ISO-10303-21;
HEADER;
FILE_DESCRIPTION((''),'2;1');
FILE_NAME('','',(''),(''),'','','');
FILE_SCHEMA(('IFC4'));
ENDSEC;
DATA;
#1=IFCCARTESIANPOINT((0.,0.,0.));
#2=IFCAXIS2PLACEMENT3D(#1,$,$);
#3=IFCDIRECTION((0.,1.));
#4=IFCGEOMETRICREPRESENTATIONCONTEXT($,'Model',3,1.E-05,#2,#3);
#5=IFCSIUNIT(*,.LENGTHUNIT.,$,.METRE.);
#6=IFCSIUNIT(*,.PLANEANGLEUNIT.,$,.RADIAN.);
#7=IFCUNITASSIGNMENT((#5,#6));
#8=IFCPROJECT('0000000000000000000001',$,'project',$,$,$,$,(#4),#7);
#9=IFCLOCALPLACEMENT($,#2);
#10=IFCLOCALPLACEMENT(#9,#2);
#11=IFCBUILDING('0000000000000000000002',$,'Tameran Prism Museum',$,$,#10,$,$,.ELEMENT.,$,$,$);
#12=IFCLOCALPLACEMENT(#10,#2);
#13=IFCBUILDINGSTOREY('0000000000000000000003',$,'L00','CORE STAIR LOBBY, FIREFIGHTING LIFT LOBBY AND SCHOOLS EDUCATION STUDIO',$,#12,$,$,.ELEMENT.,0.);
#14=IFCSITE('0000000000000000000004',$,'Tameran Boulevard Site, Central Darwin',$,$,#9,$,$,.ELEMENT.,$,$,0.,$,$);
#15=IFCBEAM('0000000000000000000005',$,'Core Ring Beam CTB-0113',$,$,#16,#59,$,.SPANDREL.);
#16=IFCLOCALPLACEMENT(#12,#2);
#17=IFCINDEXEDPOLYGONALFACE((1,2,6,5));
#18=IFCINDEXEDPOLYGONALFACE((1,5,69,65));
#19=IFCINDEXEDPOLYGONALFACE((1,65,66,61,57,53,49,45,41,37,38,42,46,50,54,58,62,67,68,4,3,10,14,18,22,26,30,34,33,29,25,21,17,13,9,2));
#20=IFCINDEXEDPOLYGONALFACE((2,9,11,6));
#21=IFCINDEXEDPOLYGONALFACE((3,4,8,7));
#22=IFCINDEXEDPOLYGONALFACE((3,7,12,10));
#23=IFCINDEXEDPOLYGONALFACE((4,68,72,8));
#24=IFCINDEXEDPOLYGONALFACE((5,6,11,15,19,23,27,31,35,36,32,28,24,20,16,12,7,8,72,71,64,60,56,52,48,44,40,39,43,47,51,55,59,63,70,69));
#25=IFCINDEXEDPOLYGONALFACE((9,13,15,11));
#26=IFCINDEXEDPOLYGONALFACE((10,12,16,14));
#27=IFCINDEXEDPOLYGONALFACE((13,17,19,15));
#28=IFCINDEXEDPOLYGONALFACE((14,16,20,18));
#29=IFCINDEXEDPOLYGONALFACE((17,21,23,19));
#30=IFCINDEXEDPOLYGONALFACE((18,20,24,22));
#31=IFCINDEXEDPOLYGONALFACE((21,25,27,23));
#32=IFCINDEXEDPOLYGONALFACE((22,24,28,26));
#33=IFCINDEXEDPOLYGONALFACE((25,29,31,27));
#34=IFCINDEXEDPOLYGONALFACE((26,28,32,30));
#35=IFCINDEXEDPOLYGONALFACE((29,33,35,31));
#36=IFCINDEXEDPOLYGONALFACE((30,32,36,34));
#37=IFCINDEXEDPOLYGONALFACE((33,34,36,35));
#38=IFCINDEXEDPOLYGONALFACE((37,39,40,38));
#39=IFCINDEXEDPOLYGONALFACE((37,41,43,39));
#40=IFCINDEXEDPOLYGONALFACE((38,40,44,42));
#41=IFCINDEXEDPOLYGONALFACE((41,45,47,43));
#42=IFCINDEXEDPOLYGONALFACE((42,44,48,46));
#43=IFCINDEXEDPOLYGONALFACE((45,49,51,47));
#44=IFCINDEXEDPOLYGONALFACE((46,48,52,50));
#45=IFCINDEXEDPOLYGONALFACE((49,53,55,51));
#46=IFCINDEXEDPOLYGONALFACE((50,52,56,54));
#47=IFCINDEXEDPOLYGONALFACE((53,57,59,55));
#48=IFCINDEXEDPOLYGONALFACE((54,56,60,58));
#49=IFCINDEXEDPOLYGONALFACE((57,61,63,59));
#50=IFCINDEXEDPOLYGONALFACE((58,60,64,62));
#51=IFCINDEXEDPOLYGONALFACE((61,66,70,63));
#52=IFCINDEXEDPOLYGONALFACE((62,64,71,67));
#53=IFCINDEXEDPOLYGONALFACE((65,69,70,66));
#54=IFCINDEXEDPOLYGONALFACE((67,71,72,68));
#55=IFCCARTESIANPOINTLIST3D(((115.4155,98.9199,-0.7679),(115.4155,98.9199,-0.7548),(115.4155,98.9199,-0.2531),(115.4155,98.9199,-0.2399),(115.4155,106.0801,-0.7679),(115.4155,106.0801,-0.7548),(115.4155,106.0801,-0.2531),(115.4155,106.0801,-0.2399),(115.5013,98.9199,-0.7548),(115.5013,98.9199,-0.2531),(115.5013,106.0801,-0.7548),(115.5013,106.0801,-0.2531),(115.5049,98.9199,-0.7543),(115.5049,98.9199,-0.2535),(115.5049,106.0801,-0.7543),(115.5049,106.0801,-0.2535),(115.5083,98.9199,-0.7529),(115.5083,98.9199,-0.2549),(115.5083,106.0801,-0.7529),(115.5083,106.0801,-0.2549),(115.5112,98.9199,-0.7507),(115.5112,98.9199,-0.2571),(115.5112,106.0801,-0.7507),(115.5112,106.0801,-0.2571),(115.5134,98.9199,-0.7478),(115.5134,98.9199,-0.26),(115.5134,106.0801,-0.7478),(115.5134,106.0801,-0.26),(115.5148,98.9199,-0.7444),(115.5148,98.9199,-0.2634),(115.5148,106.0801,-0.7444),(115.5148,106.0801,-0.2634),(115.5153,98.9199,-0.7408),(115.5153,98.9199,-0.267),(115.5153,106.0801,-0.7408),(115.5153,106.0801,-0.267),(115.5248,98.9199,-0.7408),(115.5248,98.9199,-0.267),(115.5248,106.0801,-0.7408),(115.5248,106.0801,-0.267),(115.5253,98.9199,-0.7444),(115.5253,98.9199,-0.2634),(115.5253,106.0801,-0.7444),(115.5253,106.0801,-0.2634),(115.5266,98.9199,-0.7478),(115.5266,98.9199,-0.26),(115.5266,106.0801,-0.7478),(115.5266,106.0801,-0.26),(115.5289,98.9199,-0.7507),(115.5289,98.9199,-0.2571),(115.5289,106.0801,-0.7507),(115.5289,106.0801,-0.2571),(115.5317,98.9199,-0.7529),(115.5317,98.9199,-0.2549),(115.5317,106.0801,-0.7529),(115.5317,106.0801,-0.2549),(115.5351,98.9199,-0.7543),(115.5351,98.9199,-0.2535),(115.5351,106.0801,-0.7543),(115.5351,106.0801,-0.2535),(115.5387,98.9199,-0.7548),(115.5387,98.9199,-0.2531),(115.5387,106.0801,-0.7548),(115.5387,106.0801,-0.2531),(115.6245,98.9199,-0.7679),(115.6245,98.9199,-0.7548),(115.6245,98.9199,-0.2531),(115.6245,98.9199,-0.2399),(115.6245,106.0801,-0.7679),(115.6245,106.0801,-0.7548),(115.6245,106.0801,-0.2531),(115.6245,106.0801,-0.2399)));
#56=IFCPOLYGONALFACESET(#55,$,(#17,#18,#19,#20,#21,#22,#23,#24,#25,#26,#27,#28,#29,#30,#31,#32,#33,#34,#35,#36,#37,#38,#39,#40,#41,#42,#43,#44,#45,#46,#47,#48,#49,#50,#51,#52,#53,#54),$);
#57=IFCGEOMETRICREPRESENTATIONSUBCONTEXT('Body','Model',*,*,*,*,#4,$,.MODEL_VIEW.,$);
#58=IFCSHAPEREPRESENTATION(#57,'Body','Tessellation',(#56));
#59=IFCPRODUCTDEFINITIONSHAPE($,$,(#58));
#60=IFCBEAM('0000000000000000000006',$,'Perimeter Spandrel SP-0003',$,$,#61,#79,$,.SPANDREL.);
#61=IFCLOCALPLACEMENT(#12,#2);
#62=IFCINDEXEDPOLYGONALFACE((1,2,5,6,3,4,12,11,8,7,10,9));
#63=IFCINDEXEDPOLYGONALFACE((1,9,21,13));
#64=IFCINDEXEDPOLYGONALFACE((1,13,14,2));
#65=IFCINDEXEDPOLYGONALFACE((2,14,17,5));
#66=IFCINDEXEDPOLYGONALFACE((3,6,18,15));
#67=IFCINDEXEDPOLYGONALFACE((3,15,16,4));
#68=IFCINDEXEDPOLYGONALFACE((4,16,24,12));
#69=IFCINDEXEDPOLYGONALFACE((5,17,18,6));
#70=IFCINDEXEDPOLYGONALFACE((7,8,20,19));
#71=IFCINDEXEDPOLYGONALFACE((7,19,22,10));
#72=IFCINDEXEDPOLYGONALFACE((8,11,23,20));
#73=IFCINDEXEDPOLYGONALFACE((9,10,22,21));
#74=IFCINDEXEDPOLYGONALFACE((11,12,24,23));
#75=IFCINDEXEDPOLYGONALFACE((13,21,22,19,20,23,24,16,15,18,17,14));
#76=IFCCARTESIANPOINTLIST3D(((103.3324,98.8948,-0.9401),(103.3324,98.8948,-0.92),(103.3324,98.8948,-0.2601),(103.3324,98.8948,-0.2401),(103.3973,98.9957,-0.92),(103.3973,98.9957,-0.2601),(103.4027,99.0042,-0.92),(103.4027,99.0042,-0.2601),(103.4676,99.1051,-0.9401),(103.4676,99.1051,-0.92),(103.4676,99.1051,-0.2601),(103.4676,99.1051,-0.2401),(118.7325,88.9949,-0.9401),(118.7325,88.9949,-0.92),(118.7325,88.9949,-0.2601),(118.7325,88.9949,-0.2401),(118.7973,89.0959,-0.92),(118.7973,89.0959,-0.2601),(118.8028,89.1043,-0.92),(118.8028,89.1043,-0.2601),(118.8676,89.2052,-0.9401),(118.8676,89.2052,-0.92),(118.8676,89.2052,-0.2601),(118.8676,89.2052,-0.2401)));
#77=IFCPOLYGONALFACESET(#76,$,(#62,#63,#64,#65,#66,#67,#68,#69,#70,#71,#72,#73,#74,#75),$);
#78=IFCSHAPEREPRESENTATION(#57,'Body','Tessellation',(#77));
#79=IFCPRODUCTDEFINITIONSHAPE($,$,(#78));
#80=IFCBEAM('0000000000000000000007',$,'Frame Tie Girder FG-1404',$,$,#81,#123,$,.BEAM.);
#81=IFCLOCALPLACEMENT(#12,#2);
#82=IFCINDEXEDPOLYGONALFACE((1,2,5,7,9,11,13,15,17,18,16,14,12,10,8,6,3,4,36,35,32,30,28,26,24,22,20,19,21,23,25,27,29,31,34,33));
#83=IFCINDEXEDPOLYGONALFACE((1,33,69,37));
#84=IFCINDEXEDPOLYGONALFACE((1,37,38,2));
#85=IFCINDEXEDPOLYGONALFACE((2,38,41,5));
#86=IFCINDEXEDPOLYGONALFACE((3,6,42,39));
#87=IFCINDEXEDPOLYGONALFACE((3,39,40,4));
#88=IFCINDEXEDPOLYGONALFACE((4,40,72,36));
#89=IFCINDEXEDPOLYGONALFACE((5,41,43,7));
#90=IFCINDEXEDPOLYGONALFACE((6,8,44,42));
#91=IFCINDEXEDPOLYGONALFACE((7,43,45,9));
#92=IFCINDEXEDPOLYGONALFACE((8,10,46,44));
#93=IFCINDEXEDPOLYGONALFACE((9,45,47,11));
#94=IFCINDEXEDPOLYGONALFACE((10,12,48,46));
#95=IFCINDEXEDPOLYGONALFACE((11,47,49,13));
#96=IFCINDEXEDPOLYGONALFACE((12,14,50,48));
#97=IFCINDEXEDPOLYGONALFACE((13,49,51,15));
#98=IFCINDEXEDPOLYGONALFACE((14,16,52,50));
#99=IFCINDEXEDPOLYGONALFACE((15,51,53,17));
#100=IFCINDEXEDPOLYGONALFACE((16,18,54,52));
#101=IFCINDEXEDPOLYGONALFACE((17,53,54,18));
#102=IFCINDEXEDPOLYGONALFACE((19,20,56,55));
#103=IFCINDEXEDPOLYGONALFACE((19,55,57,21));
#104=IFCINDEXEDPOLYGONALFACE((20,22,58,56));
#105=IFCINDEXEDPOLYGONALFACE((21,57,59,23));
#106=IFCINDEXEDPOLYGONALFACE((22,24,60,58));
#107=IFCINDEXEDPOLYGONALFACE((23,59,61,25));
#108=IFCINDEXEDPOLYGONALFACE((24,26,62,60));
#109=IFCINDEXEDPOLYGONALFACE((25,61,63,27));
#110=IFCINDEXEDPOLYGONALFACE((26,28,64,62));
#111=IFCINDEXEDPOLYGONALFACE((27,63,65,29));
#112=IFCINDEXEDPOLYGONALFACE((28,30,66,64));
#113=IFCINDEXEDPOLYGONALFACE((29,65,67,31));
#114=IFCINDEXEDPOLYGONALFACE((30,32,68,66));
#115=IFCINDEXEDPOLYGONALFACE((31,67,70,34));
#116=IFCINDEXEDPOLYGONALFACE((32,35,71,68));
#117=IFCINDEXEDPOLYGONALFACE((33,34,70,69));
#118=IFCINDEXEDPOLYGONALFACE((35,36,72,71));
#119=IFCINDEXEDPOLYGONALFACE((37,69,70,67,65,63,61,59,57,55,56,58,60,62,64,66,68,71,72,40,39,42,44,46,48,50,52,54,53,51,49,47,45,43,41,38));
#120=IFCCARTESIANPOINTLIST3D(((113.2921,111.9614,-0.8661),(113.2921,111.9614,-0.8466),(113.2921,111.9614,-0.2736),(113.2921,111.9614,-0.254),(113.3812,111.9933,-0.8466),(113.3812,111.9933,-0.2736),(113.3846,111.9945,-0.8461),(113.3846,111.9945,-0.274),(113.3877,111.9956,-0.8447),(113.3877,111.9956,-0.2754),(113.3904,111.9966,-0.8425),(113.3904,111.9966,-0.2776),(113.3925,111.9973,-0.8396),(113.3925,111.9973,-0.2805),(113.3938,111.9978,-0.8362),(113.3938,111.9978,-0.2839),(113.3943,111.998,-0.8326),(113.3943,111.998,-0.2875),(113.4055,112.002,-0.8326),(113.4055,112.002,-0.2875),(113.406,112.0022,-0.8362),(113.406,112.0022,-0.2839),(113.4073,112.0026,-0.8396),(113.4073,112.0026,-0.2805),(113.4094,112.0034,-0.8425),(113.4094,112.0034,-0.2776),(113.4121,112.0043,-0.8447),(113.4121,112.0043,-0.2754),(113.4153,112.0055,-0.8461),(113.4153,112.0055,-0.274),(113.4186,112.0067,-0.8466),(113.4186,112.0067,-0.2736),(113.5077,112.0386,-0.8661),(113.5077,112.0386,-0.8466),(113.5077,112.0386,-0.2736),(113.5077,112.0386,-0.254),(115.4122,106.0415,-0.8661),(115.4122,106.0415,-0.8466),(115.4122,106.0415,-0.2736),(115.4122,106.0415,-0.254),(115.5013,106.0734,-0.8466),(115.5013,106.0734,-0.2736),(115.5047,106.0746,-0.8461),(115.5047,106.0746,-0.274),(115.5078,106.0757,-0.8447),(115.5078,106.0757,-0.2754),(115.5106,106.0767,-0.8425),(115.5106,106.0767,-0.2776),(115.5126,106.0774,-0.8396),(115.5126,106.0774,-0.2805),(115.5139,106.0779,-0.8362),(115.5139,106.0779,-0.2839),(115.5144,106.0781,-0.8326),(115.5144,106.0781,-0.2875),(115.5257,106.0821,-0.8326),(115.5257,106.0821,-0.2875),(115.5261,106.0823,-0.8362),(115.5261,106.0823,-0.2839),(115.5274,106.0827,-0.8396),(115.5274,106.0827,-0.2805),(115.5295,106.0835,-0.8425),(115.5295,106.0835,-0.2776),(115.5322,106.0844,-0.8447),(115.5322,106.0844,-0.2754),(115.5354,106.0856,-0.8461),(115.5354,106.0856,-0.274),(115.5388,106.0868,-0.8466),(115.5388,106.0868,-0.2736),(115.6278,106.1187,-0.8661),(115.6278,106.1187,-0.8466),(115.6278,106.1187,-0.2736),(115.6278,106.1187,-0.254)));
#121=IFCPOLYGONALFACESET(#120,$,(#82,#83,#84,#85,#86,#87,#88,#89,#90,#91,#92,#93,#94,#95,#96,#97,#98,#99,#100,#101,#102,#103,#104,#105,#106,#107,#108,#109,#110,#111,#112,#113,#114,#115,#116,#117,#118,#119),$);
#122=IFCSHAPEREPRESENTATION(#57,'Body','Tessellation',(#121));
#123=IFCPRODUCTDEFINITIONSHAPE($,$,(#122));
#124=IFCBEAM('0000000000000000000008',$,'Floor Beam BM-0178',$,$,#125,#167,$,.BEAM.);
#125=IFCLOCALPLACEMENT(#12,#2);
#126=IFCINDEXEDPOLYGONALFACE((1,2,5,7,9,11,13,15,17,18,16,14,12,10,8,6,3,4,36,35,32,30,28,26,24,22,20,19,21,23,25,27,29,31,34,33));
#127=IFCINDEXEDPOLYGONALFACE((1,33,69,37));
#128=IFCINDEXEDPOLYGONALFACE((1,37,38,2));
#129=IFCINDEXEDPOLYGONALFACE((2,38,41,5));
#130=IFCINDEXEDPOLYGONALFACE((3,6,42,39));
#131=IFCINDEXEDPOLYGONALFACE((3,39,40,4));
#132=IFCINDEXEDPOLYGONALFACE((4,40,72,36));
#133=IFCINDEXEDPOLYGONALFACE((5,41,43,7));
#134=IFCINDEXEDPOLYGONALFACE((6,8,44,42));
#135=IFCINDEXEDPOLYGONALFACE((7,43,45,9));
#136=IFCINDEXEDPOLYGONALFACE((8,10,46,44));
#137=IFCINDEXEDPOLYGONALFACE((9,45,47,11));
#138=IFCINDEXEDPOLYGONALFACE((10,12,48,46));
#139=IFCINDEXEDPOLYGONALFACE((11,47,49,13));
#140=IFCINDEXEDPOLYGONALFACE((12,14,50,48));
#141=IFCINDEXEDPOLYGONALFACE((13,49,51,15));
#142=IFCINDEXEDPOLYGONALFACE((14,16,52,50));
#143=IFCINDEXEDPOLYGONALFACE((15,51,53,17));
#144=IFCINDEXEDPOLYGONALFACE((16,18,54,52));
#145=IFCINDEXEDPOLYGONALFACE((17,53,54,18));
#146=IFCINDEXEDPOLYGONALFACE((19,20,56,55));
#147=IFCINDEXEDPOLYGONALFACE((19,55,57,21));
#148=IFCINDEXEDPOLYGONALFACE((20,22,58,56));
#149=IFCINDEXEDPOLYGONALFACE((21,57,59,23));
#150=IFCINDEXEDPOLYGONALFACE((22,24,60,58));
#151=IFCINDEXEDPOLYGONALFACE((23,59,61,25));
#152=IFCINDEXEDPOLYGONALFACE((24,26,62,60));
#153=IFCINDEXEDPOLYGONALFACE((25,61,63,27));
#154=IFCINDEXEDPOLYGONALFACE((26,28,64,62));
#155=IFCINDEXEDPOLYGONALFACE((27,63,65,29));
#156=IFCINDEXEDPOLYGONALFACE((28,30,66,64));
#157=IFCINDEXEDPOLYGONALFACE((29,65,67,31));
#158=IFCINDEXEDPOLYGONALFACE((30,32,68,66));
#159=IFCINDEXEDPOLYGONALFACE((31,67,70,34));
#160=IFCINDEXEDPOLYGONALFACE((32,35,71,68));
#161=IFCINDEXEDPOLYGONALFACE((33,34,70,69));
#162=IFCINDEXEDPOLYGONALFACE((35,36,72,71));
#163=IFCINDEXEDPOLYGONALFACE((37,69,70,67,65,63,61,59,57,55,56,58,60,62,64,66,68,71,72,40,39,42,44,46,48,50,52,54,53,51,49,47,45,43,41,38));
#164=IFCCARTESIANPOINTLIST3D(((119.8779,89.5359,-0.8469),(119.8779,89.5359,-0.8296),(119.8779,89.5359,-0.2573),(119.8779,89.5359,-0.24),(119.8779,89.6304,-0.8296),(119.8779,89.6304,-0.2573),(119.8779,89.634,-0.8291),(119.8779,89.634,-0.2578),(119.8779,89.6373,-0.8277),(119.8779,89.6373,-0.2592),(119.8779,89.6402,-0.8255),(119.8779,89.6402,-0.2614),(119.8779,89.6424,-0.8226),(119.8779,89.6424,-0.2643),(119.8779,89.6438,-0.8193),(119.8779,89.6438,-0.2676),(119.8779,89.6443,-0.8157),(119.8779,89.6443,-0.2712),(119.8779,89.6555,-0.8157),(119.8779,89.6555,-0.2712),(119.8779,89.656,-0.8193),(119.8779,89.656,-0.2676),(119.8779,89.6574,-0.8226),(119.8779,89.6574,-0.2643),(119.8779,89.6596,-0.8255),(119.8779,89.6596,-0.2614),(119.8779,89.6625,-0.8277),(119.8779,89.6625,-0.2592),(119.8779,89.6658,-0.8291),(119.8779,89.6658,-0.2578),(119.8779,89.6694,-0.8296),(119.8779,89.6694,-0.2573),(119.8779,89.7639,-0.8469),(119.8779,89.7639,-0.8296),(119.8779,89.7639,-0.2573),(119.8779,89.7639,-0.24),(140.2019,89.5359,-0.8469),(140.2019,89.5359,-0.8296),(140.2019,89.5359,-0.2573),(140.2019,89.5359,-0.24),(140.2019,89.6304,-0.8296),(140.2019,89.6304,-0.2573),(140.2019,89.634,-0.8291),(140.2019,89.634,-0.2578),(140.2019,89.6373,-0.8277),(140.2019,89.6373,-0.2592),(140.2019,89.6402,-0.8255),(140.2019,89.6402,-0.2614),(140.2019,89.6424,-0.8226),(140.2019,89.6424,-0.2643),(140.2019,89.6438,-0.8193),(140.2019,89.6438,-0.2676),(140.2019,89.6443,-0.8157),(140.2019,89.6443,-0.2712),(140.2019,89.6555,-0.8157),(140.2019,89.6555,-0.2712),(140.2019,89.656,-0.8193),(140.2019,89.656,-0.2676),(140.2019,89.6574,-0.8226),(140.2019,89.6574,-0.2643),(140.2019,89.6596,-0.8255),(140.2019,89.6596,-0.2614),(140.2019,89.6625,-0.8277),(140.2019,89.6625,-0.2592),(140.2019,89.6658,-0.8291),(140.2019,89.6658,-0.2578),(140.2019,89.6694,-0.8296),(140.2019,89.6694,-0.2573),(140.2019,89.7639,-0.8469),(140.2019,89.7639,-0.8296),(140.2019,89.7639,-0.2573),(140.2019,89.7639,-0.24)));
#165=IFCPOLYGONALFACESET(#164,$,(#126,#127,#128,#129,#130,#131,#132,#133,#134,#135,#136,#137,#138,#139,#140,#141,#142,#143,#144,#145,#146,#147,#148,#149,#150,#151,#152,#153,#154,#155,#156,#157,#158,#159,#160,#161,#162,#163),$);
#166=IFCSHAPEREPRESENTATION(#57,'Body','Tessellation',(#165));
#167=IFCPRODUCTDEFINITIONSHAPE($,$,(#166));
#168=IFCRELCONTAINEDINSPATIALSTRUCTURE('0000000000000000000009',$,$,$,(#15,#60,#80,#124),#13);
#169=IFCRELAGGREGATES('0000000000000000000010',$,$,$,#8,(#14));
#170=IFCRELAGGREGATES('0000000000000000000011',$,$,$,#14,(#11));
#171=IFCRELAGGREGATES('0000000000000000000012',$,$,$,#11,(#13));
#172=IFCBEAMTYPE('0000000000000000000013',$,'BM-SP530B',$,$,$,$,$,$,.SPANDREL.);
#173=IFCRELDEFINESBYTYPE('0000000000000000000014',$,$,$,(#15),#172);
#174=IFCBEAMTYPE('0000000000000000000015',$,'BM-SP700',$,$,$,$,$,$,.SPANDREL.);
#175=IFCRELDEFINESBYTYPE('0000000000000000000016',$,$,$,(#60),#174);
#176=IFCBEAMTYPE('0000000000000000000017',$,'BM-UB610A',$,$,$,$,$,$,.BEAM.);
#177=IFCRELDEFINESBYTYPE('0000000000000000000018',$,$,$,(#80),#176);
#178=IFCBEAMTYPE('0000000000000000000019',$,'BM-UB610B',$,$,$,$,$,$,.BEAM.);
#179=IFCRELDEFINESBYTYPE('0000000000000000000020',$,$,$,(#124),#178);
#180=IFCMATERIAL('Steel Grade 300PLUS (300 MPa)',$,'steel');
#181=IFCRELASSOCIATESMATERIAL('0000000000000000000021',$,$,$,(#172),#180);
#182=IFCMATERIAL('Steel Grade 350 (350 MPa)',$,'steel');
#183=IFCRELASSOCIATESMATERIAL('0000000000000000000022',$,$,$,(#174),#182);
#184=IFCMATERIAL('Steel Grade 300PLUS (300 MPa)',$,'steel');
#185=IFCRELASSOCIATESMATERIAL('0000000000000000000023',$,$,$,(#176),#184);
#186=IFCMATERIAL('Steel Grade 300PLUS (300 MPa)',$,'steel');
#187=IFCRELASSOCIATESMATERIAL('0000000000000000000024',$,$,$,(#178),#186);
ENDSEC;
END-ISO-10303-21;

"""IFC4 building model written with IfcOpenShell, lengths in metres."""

from ifc_helpers import new_model, si_unit, direction, frame, origin, origin_2d, place, context, subcontext, project, spatial, i_section, extrude, material, material_profile, profile_set, type_object, element, save


model = new_model("IFC4")

# Units and contexts
model_context = context("Model", 3, precision=1e-05, world=origin(), true_north=direction((0.0, 1.0)))
body_context = subcontext(model_context, "Body", "Model", "MODEL_VIEW")
ifc_project = project(units=[si_unit("LENGTHUNIT", "METRE"), si_unit("PLANEANGLEUNIT", "RADIAN")], contexts=[model_context])

# Site, building, storey
site_placement = place(None, origin())
site = spatial("IfcSite", under=ifc_project, at=site_placement, Name="Tameran Boulevard Site, Central Darwin", CompositionType="ELEMENT", RefElevation=0.0)
building_placement = place(site_placement, origin())
building = spatial("IfcBuilding", under=site, at=building_placement, Name="Tameran Prism Museum", CompositionType="ELEMENT")
storey_placement = place(building_placement, origin())
storey = spatial("IfcBuildingStorey", under=building, at=storey_placement, Name="L00", Description="CORE STAIR LOBBY, FIREFIGHTING LIFT LOBBY AND SCHOOLS EDUCATION STUDIO", CompositionType="ELEMENT", Elevation=0.0)

# Beams
ifc_material_1 = material(Name="Steel Grade 300PLUS (300 MPa)", Category="steel")
ifc_material_profile_1 = material_profile(ifc_material_1, i_section(OverallWidth=0.209, OverallDepth=0.5281, WebThickness=0.0095, FlangeThickness=0.0132, FilletRadius=0.0139, at=origin_2d()))
ifc_profile_set_1 = profile_set([ifc_material_profile_1])
beam_type_1 = type_object("IfcBeamType", Name="BM-SP530B", PredefinedType="SPANDREL", material=ifc_profile_set_1)
beam_1_placement = place(storey_placement, frame((115.52, 106.0801, -0.5039), z_axis=(0.0, -1.0, 0.0), x_axis=(1.0, 0.0, 0.0)))
element("IfcBeam", 1, at=beam_1_placement, inside=storey, type_object=beam_type_1, Name="Core Ring Beam CTB-0113", PredefinedType="SPANDREL", context=body_context, shape_type="SweptSolid", body=[
    extrude(i_section(OverallWidth=0.209, OverallDepth=0.5281, WebThickness=0.0095, FlangeThickness=0.0132, FilletRadius=0.0139, at=origin_2d()), origin(), (0.0, 0.0, 1.0), 7.1602),
])
ifc_material_2 = material(Name="Steel Grade 350 (350 MPa)", Category="steel")
ifc_material_profile_2 = material_profile(ifc_material_2, i_section(OverallWidth=0.25, OverallDepth=0.7, WebThickness=0.01, FlangeThickness=0.02, at=origin_2d()))
ifc_profile_set_2 = profile_set([ifc_material_profile_2])
beam_type_2 = type_object("IfcBeamType", Name="BM-SP700", PredefinedType="SPANDREL", material=ifc_profile_set_2)
beam_2_placement = place(storey_placement, frame((118.8, 89.1001, -0.5901), z_axis=(-0.841183, 0.54075, 0.0), x_axis=(-0.54075, -0.841183, 0.0)))
element("IfcBeam", 2, at=beam_2_placement, inside=storey, type_object=beam_type_2, Name="Perimeter Spandrel SP-0003", PredefinedType="SPANDREL", context=body_context, shape_type="SweptSolid", body=[
    extrude(i_section(OverallWidth=0.25, OverallDepth=0.7, WebThickness=0.01, FlangeThickness=0.02, at=origin_2d()), origin(), (0.0, 0.0, 1.0), 18.3076),
])
ifc_material_3 = material(Name="Steel Grade 300PLUS (300 MPa)", Category="steel")
ifc_material_profile_3 = material_profile(ifc_material_3, i_section(OverallWidth=0.229, OverallDepth=0.6121, WebThickness=0.012, FlangeThickness=0.0195, FilletRadius=0.0139, at=origin_2d()))
ifc_profile_set_3 = profile_set([ifc_material_profile_3])
beam_type_3 = type_object("IfcBeamType", Name="BM-UB610A", PredefinedType="BEAM", material=ifc_profile_set_3)
beam_3_placement = place(storey_placement, frame((115.52, 106.0801, -0.5601), z_axis=(-0.337163, 0.941446, 0.0), x_axis=(-0.941446, -0.337163, 0.0)))
element("IfcBeam", 3, at=beam_3_placement, inside=storey, type_object=beam_type_3, Name="Frame Tie Girder FG-1404", PredefinedType="BEAM", context=body_context, shape_type="SweptSolid", body=[
    extrude(i_section(OverallWidth=0.229, OverallDepth=0.6121, WebThickness=0.012, FlangeThickness=0.0195, FilletRadius=0.0139, at=origin_2d()), origin(), (0.0, 0.0, 1.0), 6.2881),
])
ifc_material_4 = material(Name="Steel Grade 300PLUS (300 MPa)", Category="steel")
ifc_material_profile_4 = material_profile(ifc_material_4, i_section(OverallWidth=0.228, OverallDepth=0.6069, WebThickness=0.0112, FlangeThickness=0.0173, FilletRadius=0.0139, at=origin_2d()))
ifc_profile_set_4 = profile_set([ifc_material_profile_4])
beam_type_4 = type_object("IfcBeamType", Name="BM-UB610B", PredefinedType="BEAM", material=ifc_profile_set_4)
beam_4_placement = place(storey_placement, frame((119.8779, 89.6499, -0.5435), z_axis=(1.0, 0.0, 0.0), x_axis=(0.0, 1.0, 0.0)))
element("IfcBeam", 4, at=beam_4_placement, inside=storey, type_object=beam_type_4, Name="Floor Beam BM-0178", PredefinedType="BEAM", context=body_context, shape_type="SweptSolid", body=[
    extrude(i_section(OverallWidth=0.228, OverallDepth=0.6069, WebThickness=0.0112, FlangeThickness=0.0173, FilletRadius=0.0139, at=origin_2d()), origin(), (0.0, 0.0, 1.0), 20.324),
])

save(model, "model.ifc")
